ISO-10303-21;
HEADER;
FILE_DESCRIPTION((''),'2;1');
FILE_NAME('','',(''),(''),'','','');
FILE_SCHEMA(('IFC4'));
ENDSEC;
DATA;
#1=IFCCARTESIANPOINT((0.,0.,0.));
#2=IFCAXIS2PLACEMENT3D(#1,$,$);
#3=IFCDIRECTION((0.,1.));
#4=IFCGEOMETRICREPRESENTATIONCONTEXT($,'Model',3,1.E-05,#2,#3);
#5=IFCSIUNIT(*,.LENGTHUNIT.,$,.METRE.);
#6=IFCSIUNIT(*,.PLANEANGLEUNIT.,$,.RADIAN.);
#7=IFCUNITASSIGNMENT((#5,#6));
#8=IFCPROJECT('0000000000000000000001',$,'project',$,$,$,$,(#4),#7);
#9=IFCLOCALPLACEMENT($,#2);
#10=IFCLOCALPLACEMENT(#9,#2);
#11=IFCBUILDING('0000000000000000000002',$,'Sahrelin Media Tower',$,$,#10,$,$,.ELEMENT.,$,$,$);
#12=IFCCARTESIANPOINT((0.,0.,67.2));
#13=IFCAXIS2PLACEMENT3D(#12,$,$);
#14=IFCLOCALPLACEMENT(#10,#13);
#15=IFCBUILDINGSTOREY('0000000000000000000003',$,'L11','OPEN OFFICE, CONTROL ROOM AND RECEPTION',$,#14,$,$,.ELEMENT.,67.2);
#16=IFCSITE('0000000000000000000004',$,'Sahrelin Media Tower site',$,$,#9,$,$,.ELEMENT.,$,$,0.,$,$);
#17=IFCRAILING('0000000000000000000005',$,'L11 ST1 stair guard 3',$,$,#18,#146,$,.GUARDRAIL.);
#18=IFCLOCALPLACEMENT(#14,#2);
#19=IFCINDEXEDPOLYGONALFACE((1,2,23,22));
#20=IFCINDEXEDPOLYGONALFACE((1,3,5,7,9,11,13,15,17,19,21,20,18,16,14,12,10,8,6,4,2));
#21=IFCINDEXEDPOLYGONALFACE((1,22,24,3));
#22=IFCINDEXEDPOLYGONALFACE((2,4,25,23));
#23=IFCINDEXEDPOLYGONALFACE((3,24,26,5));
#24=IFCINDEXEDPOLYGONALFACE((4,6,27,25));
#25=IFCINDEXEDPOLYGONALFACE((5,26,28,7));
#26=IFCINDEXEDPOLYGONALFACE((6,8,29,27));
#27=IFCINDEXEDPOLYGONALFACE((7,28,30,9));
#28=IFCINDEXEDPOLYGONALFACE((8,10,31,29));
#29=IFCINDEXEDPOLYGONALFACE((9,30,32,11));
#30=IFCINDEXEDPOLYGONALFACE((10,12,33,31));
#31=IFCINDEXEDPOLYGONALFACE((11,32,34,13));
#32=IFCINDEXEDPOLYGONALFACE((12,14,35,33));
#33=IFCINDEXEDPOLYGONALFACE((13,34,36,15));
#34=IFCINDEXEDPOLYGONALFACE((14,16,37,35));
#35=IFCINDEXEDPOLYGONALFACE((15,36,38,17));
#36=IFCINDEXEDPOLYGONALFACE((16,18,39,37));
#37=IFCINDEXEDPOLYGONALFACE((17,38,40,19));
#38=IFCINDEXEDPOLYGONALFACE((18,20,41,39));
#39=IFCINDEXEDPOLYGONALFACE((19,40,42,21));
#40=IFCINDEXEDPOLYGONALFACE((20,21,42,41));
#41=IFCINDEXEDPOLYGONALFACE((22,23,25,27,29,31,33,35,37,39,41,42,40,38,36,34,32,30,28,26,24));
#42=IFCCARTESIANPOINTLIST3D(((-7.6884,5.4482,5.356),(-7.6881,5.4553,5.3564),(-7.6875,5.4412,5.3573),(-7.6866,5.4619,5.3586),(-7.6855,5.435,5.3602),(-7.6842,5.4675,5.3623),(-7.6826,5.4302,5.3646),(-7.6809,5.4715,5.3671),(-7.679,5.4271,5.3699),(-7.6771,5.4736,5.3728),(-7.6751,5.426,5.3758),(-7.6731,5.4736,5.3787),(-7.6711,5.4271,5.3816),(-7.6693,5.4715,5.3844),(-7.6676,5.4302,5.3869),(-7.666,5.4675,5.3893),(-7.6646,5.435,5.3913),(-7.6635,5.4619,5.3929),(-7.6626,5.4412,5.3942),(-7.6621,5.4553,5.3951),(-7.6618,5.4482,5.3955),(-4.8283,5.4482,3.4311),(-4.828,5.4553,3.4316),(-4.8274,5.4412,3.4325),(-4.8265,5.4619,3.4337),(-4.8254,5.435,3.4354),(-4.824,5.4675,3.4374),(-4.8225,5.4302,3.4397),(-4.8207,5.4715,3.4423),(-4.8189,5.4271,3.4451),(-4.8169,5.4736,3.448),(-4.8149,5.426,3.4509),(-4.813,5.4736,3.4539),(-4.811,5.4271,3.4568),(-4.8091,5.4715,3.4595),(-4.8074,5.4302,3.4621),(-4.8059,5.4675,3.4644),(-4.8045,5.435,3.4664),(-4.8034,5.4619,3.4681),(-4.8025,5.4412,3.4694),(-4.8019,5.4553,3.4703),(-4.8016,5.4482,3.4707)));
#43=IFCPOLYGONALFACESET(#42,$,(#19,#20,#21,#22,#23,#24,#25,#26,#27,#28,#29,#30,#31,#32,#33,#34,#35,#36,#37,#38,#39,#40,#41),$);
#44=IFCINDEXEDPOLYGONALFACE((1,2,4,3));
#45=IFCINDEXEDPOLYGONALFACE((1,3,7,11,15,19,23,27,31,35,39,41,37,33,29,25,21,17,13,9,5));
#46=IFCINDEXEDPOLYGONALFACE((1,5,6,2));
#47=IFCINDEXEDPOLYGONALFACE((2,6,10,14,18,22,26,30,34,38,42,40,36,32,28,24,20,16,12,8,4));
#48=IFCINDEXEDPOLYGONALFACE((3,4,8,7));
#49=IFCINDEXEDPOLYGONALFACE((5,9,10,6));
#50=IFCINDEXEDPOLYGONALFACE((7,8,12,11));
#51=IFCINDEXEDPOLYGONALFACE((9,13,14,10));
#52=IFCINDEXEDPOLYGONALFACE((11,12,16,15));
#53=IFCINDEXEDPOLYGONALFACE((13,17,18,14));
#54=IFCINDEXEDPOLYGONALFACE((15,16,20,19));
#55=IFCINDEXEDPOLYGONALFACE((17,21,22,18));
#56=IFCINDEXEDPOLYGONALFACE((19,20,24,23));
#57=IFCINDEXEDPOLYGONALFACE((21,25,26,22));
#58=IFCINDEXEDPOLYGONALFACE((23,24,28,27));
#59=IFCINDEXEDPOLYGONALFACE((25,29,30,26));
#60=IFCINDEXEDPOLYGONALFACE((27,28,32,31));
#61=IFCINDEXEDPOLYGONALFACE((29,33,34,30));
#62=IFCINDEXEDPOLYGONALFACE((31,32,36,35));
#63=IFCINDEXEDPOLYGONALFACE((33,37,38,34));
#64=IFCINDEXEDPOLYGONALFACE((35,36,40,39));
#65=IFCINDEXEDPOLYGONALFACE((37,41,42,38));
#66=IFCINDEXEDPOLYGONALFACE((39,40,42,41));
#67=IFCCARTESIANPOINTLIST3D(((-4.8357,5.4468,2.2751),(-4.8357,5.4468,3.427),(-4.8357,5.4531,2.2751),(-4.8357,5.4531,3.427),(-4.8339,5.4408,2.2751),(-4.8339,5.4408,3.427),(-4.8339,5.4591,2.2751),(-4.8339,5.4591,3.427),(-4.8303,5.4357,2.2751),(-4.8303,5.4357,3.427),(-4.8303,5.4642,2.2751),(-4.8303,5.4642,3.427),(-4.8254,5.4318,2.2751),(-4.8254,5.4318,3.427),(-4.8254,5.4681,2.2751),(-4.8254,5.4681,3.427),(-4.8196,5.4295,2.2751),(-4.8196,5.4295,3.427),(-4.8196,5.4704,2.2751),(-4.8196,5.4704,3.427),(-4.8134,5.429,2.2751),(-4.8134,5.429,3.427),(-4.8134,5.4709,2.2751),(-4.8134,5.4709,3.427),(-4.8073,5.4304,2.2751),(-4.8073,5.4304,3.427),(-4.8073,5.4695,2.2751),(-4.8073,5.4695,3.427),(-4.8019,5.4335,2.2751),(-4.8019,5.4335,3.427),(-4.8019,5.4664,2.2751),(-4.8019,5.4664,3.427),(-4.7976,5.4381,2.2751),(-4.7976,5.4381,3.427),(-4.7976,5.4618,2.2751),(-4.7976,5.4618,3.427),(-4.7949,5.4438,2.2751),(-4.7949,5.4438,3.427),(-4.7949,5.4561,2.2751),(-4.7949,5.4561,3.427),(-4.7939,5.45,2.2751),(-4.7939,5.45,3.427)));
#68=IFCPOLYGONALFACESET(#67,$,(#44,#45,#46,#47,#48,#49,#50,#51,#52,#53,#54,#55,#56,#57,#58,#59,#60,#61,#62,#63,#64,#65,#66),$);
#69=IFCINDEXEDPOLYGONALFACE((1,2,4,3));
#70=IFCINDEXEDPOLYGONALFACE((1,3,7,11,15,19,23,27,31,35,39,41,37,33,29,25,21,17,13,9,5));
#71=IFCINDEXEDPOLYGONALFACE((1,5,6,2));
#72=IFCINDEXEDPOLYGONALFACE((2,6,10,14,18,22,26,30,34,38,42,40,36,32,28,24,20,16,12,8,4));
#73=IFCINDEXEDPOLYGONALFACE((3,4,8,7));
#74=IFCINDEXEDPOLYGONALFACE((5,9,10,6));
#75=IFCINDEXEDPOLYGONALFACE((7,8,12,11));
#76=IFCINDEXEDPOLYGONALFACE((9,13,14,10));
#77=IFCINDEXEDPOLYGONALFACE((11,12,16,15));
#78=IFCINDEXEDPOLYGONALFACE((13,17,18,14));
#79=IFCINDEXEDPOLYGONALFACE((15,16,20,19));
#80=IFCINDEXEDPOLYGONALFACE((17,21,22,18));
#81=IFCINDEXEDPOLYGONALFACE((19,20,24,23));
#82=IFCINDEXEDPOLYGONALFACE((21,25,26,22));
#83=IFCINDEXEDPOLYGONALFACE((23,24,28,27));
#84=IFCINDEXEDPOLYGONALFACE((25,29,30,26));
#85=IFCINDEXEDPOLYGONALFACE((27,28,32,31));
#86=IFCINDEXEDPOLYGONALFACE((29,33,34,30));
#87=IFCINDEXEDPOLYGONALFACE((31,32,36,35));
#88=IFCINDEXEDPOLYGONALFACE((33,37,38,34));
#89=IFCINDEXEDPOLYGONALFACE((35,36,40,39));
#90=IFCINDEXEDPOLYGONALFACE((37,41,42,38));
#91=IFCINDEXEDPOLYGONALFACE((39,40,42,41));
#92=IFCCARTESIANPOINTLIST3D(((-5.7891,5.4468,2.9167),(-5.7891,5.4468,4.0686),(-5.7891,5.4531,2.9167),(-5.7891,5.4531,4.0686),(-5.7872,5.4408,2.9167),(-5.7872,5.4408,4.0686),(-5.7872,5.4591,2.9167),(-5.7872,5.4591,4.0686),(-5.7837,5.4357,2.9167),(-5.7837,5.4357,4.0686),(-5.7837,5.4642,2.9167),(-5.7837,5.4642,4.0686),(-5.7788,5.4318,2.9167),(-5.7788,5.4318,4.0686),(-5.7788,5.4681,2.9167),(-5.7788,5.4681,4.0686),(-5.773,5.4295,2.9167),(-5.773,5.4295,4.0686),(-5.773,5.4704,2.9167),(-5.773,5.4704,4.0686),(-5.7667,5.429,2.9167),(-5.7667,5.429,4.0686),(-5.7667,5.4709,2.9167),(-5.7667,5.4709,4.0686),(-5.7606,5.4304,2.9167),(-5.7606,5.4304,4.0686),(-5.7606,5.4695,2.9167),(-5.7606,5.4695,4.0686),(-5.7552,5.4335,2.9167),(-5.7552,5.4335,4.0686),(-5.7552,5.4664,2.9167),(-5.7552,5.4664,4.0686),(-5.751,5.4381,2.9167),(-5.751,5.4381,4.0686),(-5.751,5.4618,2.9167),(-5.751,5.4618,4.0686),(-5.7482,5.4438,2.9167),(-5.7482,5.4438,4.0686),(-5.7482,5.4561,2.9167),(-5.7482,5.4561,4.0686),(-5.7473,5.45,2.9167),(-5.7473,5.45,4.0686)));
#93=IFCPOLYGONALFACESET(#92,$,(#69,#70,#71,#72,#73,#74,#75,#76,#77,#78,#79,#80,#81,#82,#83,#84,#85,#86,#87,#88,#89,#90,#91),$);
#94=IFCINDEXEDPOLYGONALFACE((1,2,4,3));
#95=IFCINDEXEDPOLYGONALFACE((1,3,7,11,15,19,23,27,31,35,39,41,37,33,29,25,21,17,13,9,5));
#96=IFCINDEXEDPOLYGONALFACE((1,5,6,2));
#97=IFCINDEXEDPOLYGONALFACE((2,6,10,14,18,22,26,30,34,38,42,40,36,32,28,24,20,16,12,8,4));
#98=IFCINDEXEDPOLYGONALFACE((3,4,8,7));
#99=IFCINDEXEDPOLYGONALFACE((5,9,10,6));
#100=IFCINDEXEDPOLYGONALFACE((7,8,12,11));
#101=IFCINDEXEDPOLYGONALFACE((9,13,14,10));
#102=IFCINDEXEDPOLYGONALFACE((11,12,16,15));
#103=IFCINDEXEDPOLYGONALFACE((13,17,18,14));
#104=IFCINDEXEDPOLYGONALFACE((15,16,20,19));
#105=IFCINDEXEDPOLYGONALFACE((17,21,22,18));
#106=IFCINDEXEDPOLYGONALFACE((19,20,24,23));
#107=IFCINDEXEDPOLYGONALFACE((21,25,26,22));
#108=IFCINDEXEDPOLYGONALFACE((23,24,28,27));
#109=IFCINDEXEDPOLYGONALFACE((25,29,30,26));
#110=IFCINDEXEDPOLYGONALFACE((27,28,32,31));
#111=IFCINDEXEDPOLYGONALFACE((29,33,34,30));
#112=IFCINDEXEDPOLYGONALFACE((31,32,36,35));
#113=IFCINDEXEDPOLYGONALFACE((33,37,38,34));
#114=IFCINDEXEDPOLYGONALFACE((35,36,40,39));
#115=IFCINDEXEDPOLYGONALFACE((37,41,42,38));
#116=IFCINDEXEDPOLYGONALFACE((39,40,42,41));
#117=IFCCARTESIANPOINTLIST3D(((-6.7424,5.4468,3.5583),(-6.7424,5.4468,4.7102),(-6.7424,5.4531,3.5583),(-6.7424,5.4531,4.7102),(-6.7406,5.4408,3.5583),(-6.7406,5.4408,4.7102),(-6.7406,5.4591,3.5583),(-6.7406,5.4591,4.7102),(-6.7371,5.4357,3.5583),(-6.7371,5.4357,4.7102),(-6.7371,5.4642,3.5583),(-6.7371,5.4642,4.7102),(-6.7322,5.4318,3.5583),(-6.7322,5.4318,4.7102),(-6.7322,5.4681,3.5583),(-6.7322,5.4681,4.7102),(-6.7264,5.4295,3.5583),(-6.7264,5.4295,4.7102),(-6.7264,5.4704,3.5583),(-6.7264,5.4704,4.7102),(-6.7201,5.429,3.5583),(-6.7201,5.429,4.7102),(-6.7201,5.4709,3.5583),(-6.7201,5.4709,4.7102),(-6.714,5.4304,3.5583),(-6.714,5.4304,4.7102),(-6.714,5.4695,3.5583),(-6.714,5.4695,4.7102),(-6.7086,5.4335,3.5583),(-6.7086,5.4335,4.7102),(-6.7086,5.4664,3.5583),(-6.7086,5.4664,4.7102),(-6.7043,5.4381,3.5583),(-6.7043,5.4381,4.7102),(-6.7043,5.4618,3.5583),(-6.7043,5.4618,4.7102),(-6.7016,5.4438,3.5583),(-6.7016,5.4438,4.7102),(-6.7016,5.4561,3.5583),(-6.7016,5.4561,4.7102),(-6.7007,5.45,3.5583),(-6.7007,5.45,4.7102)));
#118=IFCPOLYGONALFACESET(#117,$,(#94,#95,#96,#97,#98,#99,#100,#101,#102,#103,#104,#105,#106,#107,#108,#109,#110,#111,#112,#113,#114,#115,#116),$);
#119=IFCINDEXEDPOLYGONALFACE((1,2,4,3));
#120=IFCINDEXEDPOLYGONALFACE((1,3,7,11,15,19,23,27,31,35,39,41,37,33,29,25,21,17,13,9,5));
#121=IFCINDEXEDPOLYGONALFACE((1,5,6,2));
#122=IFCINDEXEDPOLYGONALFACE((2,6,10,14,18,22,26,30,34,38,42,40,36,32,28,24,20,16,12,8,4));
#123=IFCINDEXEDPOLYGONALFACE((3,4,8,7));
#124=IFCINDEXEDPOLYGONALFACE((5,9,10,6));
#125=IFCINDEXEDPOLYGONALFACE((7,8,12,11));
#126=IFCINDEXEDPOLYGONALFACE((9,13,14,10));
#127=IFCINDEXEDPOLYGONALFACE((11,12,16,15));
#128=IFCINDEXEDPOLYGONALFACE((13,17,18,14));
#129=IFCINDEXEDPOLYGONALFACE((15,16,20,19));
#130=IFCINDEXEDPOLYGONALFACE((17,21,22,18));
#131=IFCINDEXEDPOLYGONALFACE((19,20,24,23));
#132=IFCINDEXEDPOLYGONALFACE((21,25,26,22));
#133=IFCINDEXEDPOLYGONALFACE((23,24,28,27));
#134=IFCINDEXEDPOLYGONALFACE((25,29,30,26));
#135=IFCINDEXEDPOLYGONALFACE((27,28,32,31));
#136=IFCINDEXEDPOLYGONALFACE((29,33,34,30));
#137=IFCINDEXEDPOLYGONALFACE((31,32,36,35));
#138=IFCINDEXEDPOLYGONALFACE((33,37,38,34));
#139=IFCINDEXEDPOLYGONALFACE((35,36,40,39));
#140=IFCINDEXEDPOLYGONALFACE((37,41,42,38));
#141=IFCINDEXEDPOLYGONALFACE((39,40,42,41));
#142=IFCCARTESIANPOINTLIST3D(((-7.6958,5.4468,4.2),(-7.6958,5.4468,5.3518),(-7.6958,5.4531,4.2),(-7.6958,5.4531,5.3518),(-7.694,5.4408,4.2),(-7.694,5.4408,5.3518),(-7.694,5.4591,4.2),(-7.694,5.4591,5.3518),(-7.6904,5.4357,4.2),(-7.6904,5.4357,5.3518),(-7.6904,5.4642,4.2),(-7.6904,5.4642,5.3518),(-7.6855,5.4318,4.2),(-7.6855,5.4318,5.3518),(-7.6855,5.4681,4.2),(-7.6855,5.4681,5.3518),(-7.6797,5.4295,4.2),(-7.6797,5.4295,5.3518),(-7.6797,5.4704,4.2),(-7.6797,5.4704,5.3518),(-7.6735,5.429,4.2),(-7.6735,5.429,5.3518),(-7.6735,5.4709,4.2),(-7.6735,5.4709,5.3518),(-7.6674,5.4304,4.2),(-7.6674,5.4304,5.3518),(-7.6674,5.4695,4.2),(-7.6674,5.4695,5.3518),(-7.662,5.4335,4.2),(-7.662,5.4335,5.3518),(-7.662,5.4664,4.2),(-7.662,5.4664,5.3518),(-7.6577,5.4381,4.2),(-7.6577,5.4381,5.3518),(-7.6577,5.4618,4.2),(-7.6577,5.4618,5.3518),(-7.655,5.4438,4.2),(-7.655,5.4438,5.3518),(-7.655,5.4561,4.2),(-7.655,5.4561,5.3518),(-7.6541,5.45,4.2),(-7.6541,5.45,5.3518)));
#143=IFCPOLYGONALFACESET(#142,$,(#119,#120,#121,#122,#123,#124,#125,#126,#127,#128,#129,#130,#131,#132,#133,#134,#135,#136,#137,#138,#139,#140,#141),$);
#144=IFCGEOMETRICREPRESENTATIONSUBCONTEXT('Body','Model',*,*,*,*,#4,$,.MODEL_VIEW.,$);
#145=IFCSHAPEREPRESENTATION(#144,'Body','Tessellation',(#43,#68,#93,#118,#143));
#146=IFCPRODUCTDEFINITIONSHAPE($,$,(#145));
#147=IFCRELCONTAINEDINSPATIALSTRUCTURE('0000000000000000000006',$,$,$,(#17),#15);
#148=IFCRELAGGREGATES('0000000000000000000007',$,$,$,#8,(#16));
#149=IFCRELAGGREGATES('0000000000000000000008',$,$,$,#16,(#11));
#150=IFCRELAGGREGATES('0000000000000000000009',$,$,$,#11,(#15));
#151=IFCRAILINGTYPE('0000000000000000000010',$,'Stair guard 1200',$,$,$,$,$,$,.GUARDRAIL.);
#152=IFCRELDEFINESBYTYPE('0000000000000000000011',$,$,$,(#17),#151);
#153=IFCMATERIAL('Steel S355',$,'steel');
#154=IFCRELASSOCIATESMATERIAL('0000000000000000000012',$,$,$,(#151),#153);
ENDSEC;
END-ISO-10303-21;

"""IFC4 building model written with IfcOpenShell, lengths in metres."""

from ifc_helpers import new_model, si_unit, direction, frame, origin, origin_2d, place, context, subcontext, project, spatial, circle, extrude, material, type_object, element, save


model = new_model("IFC4")

# Units and contexts
model_context = context("Model", 3, precision=1e-05, world=origin(), true_north=direction((0.0, 1.0)))
body_context = subcontext(model_context, "Body", "Model", "MODEL_VIEW")
ifc_project = project(units=[si_unit("LENGTHUNIT", "METRE"), si_unit("PLANEANGLEUNIT", "RADIAN")], contexts=[model_context])

# Site, building, storey
site_placement = place(None, origin())
site = spatial("IfcSite", under=ifc_project, at=site_placement, Name="Sahrelin Media Tower site", CompositionType="ELEMENT", RefElevation=0.0)
building_placement = place(site_placement, origin())
building = spatial("IfcBuilding", under=site, at=building_placement, Name="Sahrelin Media Tower", CompositionType="ELEMENT")
storey_placement = place(building_placement, frame((0.0, 0.0, 67.2)))
storey = spatial("IfcBuildingStorey", under=building, at=storey_placement, Name="L11", Description="OPEN OFFICE, CONTROL ROOM AND RECEPTION", CompositionType="ELEMENT", Elevation=67.2)

# Shared definitions
ifc_material_1 = material(Name="Steel S355", Category="steel")

# Railing
railing_type_1 = type_object("IfcRailingType", Name="Stair guard 1200", PredefinedType="GUARDRAIL", material=ifc_material_1)
railing_1_placement = place(storey_placement, frame((-4.8149, 5.45, 2.2751)))
element("IfcRailing", 1, at=railing_1_placement, inside=storey, type_object=railing_type_1, Name="L11 ST1 stair guard 3", PredefinedType="GUARDRAIL", context=body_context, shape_type="SweptSolid", body=[
    extrude(circle(Radius=0.0239, at=origin_2d()), frame((0.0, 0.0, 1.1758), z_axis=(-0.829624, 0.0, 0.558323), x_axis=(0.0, -1.0, 0.0)), (0.0, 0.0, 1.0), 3.4475),
    extrude(circle(Radius=0.021, at=origin_2d()), origin(), (0.0, 0.0, 1.0), 1.1519),
    extrude(circle(Radius=0.021, at=origin_2d()), frame((-0.9534, 0.0, 0.6416)), (0.0, 0.0, 1.0), 1.1519),
    extrude(circle(Radius=0.021, at=origin_2d()), frame((-1.9067, 0.0, 1.2832)), (0.0, 0.0, 1.0), 1.1519),
    extrude(circle(Radius=0.021, at=origin_2d()), frame((-2.8601, 0.0, 1.9248)), (0.0, 0.0, 1.0), 1.1519),
])

save(model, "model.ifc")
